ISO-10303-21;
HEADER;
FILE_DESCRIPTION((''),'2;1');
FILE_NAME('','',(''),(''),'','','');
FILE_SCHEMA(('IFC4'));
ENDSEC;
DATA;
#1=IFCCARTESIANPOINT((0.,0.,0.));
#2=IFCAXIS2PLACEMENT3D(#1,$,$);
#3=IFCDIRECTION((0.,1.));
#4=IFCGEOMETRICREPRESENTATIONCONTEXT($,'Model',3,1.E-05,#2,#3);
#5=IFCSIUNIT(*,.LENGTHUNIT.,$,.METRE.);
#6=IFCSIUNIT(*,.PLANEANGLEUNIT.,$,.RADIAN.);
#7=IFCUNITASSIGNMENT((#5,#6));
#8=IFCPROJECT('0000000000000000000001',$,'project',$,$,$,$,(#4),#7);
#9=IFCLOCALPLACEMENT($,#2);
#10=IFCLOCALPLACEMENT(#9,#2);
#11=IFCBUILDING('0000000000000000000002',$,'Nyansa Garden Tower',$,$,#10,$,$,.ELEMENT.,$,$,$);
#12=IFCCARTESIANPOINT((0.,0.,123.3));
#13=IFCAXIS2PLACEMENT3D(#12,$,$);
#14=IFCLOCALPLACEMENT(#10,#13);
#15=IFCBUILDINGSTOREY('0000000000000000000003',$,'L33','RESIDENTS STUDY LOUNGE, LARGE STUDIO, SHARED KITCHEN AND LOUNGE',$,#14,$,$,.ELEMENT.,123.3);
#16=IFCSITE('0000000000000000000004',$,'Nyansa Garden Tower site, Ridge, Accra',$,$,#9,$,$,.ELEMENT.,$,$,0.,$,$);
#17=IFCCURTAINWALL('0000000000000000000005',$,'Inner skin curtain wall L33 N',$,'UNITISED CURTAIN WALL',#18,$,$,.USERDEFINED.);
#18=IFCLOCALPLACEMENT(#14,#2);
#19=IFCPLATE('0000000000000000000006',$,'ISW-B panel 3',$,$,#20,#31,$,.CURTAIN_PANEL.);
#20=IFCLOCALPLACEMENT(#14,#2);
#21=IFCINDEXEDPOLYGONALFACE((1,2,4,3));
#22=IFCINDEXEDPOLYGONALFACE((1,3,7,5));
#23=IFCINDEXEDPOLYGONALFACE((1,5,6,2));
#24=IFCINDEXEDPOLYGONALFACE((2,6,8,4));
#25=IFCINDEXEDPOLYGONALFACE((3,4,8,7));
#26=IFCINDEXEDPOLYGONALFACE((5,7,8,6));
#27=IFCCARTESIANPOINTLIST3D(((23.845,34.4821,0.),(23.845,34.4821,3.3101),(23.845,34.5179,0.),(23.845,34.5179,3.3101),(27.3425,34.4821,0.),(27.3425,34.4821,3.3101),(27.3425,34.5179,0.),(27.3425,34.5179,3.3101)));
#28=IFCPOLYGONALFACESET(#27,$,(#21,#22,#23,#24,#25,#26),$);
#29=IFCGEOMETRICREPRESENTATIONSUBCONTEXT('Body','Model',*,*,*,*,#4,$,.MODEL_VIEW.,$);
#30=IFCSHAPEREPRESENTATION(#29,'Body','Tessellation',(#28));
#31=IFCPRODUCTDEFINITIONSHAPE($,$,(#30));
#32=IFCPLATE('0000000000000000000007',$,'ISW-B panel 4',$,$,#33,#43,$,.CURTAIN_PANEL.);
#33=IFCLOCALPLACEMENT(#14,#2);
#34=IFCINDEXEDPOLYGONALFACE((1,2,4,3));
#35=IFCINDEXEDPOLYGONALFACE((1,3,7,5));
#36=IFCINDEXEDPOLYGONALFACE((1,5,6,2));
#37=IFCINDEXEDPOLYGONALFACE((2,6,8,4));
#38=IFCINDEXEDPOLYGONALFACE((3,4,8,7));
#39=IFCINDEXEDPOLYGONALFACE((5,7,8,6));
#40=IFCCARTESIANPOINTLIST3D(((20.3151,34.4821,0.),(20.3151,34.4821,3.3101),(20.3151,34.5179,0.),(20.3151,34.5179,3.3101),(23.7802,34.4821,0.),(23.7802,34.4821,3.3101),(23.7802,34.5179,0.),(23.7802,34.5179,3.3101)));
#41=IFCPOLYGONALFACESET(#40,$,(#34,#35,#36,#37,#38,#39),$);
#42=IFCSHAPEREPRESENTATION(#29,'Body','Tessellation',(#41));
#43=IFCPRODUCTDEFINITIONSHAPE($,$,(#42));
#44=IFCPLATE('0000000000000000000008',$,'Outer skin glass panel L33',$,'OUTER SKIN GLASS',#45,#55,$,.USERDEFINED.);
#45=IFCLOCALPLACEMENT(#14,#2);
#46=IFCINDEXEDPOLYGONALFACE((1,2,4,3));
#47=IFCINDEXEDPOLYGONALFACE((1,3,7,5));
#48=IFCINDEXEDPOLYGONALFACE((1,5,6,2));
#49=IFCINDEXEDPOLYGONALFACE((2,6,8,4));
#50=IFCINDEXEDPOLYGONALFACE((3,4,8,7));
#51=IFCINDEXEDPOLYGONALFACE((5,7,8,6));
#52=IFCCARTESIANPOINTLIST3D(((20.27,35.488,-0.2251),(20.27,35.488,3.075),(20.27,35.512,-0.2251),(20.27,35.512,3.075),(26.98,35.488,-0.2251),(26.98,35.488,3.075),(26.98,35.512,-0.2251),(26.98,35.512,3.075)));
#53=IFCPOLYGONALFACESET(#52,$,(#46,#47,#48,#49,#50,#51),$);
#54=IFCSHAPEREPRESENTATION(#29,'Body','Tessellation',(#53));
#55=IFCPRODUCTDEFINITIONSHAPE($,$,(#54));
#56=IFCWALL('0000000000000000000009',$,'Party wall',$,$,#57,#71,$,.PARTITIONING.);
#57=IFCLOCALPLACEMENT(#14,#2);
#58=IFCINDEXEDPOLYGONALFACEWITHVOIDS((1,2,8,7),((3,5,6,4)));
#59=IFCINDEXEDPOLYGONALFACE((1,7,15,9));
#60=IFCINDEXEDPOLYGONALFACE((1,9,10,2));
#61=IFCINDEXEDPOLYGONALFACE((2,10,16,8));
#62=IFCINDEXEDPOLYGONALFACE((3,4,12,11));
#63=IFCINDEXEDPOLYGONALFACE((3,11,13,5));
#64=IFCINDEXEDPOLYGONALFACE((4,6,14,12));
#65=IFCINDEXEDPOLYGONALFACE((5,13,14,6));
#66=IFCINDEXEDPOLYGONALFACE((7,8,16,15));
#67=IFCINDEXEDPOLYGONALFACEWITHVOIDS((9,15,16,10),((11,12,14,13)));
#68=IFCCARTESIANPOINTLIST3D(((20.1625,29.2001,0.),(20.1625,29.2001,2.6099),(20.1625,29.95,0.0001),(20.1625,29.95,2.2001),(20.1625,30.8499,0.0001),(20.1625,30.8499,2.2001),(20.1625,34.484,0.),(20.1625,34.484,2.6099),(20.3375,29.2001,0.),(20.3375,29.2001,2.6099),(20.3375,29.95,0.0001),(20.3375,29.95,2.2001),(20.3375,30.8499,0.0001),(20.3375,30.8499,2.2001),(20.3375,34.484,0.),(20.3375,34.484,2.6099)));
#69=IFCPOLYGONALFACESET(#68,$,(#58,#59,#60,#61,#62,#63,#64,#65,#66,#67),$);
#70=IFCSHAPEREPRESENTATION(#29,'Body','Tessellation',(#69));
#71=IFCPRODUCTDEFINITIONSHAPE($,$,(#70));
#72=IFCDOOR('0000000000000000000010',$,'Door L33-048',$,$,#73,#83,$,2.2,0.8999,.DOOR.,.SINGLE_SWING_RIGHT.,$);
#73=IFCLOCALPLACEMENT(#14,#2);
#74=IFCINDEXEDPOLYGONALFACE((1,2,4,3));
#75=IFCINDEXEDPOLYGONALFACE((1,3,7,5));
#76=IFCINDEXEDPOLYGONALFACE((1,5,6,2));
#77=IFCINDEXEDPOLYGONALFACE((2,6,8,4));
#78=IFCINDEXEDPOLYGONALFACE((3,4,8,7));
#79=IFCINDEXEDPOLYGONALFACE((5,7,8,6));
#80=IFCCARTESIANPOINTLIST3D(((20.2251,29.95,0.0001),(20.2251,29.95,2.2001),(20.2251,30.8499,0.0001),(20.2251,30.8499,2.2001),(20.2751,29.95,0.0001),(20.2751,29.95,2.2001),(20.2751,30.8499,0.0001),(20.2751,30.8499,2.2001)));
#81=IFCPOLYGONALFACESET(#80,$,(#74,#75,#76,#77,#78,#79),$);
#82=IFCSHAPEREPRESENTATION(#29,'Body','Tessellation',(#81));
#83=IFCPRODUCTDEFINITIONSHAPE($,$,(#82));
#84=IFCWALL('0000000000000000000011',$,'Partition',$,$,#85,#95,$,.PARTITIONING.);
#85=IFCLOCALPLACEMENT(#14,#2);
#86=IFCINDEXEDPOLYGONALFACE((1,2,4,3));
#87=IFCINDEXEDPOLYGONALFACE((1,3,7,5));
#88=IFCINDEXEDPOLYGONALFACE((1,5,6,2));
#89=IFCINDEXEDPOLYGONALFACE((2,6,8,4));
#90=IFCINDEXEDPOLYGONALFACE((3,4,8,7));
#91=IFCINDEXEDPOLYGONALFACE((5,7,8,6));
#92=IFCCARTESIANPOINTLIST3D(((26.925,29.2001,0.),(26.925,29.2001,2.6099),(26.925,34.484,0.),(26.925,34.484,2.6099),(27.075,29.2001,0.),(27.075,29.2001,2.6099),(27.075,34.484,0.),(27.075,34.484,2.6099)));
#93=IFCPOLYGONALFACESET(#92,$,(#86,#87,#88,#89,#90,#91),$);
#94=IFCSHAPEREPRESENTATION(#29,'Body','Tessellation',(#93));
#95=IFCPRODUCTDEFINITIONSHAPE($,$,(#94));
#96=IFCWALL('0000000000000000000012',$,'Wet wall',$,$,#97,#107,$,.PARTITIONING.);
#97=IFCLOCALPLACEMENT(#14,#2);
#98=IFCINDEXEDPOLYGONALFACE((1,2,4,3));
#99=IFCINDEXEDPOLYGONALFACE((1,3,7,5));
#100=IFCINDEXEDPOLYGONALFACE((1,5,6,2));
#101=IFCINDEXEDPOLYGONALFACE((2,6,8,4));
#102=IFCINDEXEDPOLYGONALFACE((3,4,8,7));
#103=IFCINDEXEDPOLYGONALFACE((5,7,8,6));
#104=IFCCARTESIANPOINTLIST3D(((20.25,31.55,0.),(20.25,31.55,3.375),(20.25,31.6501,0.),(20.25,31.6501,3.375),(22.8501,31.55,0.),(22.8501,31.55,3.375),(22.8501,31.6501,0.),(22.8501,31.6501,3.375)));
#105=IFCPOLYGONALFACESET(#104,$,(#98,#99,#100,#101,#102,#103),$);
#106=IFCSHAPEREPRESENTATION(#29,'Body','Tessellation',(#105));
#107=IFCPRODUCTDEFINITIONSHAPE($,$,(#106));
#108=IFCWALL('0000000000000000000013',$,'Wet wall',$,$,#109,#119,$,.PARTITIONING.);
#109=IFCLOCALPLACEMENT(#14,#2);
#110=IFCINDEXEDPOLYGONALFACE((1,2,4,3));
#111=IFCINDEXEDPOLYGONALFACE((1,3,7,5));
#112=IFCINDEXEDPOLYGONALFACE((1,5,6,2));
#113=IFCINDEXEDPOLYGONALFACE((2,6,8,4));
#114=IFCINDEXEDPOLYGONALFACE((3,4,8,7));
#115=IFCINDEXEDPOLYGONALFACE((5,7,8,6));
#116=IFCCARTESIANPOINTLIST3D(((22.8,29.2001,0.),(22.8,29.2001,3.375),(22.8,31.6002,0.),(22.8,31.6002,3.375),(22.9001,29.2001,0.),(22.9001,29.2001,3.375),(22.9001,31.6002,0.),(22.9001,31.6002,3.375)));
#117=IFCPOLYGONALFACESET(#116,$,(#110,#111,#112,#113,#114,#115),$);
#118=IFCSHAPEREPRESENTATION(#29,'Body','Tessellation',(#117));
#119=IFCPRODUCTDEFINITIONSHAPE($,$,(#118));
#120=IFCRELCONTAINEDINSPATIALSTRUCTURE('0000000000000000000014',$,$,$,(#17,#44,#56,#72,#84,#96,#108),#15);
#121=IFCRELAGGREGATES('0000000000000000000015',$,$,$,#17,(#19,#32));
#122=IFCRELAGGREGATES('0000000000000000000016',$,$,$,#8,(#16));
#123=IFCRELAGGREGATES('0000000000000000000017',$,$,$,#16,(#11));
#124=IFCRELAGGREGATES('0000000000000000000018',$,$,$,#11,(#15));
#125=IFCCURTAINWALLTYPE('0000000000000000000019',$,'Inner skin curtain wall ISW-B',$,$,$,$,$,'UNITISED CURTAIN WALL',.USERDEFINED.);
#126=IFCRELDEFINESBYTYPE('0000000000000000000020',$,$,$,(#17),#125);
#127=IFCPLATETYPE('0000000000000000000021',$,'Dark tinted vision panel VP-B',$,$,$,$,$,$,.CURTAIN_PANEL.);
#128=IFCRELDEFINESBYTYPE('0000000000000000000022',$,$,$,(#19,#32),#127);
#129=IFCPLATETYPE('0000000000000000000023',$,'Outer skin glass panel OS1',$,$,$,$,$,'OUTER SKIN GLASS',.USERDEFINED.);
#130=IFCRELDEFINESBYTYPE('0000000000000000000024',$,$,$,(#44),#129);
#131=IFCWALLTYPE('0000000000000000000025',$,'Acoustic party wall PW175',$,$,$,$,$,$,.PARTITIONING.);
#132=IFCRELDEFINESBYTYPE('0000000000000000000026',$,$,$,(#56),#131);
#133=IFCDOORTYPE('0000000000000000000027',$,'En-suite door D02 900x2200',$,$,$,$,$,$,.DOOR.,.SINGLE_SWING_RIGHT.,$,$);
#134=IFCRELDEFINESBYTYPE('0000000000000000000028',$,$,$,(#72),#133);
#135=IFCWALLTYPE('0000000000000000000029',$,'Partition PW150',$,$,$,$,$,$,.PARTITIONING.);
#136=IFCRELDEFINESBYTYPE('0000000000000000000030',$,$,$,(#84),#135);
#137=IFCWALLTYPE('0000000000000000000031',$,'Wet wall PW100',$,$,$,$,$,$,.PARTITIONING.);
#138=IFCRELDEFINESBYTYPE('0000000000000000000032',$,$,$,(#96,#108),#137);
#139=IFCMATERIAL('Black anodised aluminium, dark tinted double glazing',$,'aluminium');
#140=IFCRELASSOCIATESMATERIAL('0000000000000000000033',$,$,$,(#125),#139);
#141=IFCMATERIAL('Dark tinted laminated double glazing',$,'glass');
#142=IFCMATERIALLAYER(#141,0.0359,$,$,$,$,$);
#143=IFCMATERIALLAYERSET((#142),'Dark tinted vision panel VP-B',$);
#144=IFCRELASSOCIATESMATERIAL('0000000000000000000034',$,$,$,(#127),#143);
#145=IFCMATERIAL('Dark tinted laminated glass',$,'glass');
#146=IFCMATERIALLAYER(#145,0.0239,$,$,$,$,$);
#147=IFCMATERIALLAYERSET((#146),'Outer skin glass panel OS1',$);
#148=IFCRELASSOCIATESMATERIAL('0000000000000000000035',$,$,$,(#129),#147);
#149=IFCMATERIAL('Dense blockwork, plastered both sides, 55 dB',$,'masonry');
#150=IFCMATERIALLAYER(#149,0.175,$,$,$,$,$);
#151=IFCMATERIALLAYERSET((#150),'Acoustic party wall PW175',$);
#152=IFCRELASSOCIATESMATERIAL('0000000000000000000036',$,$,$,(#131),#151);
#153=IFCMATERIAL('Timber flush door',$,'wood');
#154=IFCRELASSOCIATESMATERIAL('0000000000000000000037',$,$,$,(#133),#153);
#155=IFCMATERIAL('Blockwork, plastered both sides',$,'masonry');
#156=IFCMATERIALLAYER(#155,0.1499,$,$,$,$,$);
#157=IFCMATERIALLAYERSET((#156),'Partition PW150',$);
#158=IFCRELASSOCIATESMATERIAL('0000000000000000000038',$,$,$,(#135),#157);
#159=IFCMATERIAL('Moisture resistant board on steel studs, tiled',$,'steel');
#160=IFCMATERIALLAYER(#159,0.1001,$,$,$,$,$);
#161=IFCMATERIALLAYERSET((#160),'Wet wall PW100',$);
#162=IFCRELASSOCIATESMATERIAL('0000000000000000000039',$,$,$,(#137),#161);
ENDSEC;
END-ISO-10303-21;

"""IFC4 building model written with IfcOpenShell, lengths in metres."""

from ifc_helpers import new_model, si_unit, direction, frame, frame_2d, origin, origin_2d, place, context, subcontext, project, spatial, rectangle, extrude, material, layer, layer_set, type_object, element, fill, aggregate, save


model = new_model("IFC4")

# Units and contexts
model_context = context("Model", 3, precision=1e-05, world=origin(), true_north=direction((0.0, 1.0)))
body_context = subcontext(model_context, "Body", "Model", "MODEL_VIEW")
ifc_project = project(units=[si_unit("LENGTHUNIT", "METRE"), si_unit("PLANEANGLEUNIT", "RADIAN")], contexts=[model_context])

# Site, building, storey
site_placement = place(None, origin())
site = spatial("IfcSite", under=ifc_project, at=site_placement, Name="Nyansa Garden Tower site, Ridge, Accra", CompositionType="ELEMENT", RefElevation=0.0)
building_placement = place(site_placement, origin())
building = spatial("IfcBuilding", under=site, at=building_placement, Name="Nyansa Garden Tower", CompositionType="ELEMENT")
storey_placement = place(building_placement, frame((0.0, 0.0, 123.3)))
storey = spatial("IfcBuildingStorey", under=building, at=storey_placement, Name="L33", Description="RESIDENTS STUDY LOUNGE, LARGE STUDIO, SHARED KITCHEN AND LOUNGE", CompositionType="ELEMENT", Elevation=123.3)

# Curtain wall
ifc_material_1 = material(Name="Black anodised aluminium, dark tinted double glazing", Category="aluminium")
curtain_wall_type = type_object("IfcCurtainWallType", Name="Inner skin curtain wall ISW-B", ElementType="UNITISED CURTAIN WALL", PredefinedType="USERDEFINED", material=ifc_material_1)
curtain_wall_placement = place(storey_placement, origin())
curtain_wall = element("IfcCurtainWall", 1, at=curtain_wall_placement, inside=storey, type_object=curtain_wall_type, Name="Inner skin curtain wall L33 N", ObjectType="UNITISED CURTAIN WALL", PredefinedType="USERDEFINED")

# Plates
ifc_material_2 = material(Name="Dark tinted laminated double glazing", Category="glass")
ifc_layer_1 = layer(ifc_material_2, 0.0359)
ifc_layer_set_1 = layer_set([ifc_layer_1], Name="Dark tinted vision panel VP-B")
plate_type_1 = type_object("IfcPlateType", Name="Dark tinted vision panel VP-B", PredefinedType="CURTAIN_PANEL", material=ifc_layer_set_1)
plate_1_placement = place(storey_placement, frame((25.5938, 34.5, 0.0), z_axis=(0.0, 0.0, 1.0), x_axis=(-1.0, 0.0, 0.0)))
plate_1 = element("IfcPlate", 2, at=plate_1_placement, type_object=plate_type_1, Name="ISW-B panel 3", PredefinedType="CURTAIN_PANEL", context=body_context, shape_type="SweptSolid", body=[
    extrude(rectangle(XDim=3.4976, YDim=0.0359, at=origin_2d()), origin(), (0.0, 0.0, 1.0), 3.3101),
])
plate_2_placement = place(storey_placement, frame((22.0476, 34.5, 0.0), z_axis=(0.0, 0.0, 1.0), x_axis=(-1.0, 0.0, 0.0)))
plate_2 = element("IfcPlate", 3, at=plate_2_placement, type_object=plate_type_1, Name="ISW-B panel 4", PredefinedType="CURTAIN_PANEL", context=body_context, shape_type="SweptSolid", body=[
    extrude(rectangle(XDim=3.4651, YDim=0.0359, at=origin_2d()), origin(), (0.0, 0.0, 1.0), 3.3101),
])
aggregate(curtain_wall, [plate_1, plate_2])
ifc_material_3 = material(Name="Dark tinted laminated glass", Category="glass")
ifc_layer_2 = layer(ifc_material_3, 0.0239)
ifc_layer_set_2 = layer_set([ifc_layer_2], Name="Outer skin glass panel OS1")
plate_type_2 = type_object("IfcPlateType", Name="Outer skin glass panel OS1", ElementType="OUTER SKIN GLASS", PredefinedType="USERDEFINED", material=ifc_layer_set_2)
plate_3_placement = place(storey_placement, frame((23.625, 35.5, -0.2251), z_axis=(0.0, 0.0, 1.0), x_axis=(1.0, 0.0, 0.0)))
element("IfcPlate", 4, at=plate_3_placement, inside=storey, type_object=plate_type_2, Name="Outer skin glass panel L33", ObjectType="OUTER SKIN GLASS", PredefinedType="USERDEFINED", context=body_context, shape_type="SweptSolid", body=[
    extrude(rectangle(XDim=6.71, YDim=0.0239, at=origin_2d()), origin(), (0.0, 0.0, 1.0), 3.3),
])

# Wall, opening, door
ifc_material_4 = material(Name="Dense blockwork, plastered both sides, 55 dB", Category="masonry")
ifc_layer_3 = layer(ifc_material_4, 0.175)
ifc_layer_set_3 = layer_set([ifc_layer_3], Name="Acoustic party wall PW175")
wall_type_1 = type_object("IfcWallType", Name="Acoustic party wall PW175", PredefinedType="PARTITIONING", material=ifc_layer_set_3)
wall_1_placement = place(storey_placement, frame((20.25, 29.2, 0.0), z_axis=(0.0, 0.0, 1.0), x_axis=(0.0, 1.0, 0.0)))
wall_1 = element("IfcWall", 5, at=wall_1_placement, inside=storey, type_object=wall_type_1, Name="Party wall", PredefinedType="PARTITIONING", context=body_context, shape_type="SweptSolid", body=[
    extrude(rectangle(XDim=5.2839, YDim=0.175, at=frame_2d((2.6421, 0.0))), origin(), (0.0, 0.0, 1.0), 2.6099),
])
opening_placement = place(wall_1_placement, frame((0.75, 0.0, 0.0)))
opening = element("IfcOpeningElement", 6, at=opening_placement, cuts=wall_1, PredefinedType="OPENING", context=body_context, shape_type="SweptSolid", body=[
    extrude(rectangle(XDim=0.8999, YDim=2.2, at=frame_2d((0.45, 1.1001))), frame((0.0, 0.0974, 0.0), z_axis=(0.0, -1.0, 0.0), x_axis=(1.0, 0.0, 0.0)), (0.0, 0.0, 1.0), 0.1951),
])
ifc_material_5 = material(Name="Timber flush door", Category="wood")
door_type = type_object("IfcDoorType", Name="En-suite door D02 900x2200", OperationType="SINGLE_SWING_RIGHT", PredefinedType="DOOR", material=ifc_material_5)
door_placement = place(opening_placement, origin())
door = element("IfcDoor", 7, at=door_placement, inside=storey, type_object=door_type, Name="Door L33-048", OperationType="SINGLE_SWING_RIGHT", OverallHeight=2.2, OverallWidth=0.8999, PredefinedType="DOOR", context=body_context, shape_type="SweptSolid", body=[
    extrude(rectangle(XDim=0.8999, YDim=2.2, at=frame_2d((0.45, 1.1001))), frame((0.0, 0.0249, 0.0), z_axis=(0.0, -1.0, 0.0), x_axis=(1.0, 0.0, 0.0)), (0.0, 0.0, 1.0), 0.05),
])
fill(opening, door)

# Walls
ifc_material_6 = material(Name="Blockwork, plastered both sides", Category="masonry")
ifc_layer_4 = layer(ifc_material_6, 0.1499)
ifc_layer_set_4 = layer_set([ifc_layer_4], Name="Partition PW150")
wall_type_2 = type_object("IfcWallType", Name="Partition PW150", PredefinedType="PARTITIONING", material=ifc_layer_set_4)
wall_2_placement = place(storey_placement, frame((27.0, 29.2, 0.0), z_axis=(0.0, 0.0, 1.0), x_axis=(0.0, 1.0, 0.0)))
element("IfcWall", 8, at=wall_2_placement, inside=storey, type_object=wall_type_2, Name="Partition", PredefinedType="PARTITIONING", context=body_context, shape_type="SweptSolid", body=[
    extrude(rectangle(XDim=5.2839, YDim=0.1499, at=frame_2d((2.6421, 0.0))), origin(), (0.0, 0.0, 1.0), 2.6099),
])
ifc_material_7 = material(Name="Moisture resistant board on steel studs, tiled", Category="steel")
ifc_layer_5 = layer(ifc_material_7, 0.1001)
ifc_layer_set_5 = layer_set([ifc_layer_5], Name="Wet wall PW100")
wall_type_3 = type_object("IfcWallType", Name="Wet wall PW100", PredefinedType="PARTITIONING", material=ifc_layer_set_5)
wall_3_placement = place(storey_placement, frame((20.25, 31.6001, 0.0), z_axis=(0.0, 0.0, 1.0), x_axis=(1.0, 0.0, 0.0)))
element("IfcWall", 9, at=wall_3_placement, inside=storey, type_object=wall_type_3, Name="Wet wall", PredefinedType="PARTITIONING", context=body_context, shape_type="SweptSolid", body=[
    extrude(rectangle(XDim=2.6001, YDim=0.1001, at=frame_2d((1.3, 0.0))), origin(), (0.0, 0.0, 1.0), 3.375),
])
wall_4_placement = place(storey_placement, frame((22.8501, 29.2, 0.0), z_axis=(0.0, 0.0, 1.0), x_axis=(0.0, 1.0, 0.0)))
element("IfcWall", 10, at=wall_4_placement, inside=storey, type_object=wall_type_3, Name="Wet wall", PredefinedType="PARTITIONING", context=body_context, shape_type="SweptSolid", body=[
    extrude(rectangle(XDim=2.4001, YDim=0.1001, at=frame_2d((1.2002, 0.0))), origin(), (0.0, 0.0, 1.0), 3.375),
])

save(model, "model.ifc")
